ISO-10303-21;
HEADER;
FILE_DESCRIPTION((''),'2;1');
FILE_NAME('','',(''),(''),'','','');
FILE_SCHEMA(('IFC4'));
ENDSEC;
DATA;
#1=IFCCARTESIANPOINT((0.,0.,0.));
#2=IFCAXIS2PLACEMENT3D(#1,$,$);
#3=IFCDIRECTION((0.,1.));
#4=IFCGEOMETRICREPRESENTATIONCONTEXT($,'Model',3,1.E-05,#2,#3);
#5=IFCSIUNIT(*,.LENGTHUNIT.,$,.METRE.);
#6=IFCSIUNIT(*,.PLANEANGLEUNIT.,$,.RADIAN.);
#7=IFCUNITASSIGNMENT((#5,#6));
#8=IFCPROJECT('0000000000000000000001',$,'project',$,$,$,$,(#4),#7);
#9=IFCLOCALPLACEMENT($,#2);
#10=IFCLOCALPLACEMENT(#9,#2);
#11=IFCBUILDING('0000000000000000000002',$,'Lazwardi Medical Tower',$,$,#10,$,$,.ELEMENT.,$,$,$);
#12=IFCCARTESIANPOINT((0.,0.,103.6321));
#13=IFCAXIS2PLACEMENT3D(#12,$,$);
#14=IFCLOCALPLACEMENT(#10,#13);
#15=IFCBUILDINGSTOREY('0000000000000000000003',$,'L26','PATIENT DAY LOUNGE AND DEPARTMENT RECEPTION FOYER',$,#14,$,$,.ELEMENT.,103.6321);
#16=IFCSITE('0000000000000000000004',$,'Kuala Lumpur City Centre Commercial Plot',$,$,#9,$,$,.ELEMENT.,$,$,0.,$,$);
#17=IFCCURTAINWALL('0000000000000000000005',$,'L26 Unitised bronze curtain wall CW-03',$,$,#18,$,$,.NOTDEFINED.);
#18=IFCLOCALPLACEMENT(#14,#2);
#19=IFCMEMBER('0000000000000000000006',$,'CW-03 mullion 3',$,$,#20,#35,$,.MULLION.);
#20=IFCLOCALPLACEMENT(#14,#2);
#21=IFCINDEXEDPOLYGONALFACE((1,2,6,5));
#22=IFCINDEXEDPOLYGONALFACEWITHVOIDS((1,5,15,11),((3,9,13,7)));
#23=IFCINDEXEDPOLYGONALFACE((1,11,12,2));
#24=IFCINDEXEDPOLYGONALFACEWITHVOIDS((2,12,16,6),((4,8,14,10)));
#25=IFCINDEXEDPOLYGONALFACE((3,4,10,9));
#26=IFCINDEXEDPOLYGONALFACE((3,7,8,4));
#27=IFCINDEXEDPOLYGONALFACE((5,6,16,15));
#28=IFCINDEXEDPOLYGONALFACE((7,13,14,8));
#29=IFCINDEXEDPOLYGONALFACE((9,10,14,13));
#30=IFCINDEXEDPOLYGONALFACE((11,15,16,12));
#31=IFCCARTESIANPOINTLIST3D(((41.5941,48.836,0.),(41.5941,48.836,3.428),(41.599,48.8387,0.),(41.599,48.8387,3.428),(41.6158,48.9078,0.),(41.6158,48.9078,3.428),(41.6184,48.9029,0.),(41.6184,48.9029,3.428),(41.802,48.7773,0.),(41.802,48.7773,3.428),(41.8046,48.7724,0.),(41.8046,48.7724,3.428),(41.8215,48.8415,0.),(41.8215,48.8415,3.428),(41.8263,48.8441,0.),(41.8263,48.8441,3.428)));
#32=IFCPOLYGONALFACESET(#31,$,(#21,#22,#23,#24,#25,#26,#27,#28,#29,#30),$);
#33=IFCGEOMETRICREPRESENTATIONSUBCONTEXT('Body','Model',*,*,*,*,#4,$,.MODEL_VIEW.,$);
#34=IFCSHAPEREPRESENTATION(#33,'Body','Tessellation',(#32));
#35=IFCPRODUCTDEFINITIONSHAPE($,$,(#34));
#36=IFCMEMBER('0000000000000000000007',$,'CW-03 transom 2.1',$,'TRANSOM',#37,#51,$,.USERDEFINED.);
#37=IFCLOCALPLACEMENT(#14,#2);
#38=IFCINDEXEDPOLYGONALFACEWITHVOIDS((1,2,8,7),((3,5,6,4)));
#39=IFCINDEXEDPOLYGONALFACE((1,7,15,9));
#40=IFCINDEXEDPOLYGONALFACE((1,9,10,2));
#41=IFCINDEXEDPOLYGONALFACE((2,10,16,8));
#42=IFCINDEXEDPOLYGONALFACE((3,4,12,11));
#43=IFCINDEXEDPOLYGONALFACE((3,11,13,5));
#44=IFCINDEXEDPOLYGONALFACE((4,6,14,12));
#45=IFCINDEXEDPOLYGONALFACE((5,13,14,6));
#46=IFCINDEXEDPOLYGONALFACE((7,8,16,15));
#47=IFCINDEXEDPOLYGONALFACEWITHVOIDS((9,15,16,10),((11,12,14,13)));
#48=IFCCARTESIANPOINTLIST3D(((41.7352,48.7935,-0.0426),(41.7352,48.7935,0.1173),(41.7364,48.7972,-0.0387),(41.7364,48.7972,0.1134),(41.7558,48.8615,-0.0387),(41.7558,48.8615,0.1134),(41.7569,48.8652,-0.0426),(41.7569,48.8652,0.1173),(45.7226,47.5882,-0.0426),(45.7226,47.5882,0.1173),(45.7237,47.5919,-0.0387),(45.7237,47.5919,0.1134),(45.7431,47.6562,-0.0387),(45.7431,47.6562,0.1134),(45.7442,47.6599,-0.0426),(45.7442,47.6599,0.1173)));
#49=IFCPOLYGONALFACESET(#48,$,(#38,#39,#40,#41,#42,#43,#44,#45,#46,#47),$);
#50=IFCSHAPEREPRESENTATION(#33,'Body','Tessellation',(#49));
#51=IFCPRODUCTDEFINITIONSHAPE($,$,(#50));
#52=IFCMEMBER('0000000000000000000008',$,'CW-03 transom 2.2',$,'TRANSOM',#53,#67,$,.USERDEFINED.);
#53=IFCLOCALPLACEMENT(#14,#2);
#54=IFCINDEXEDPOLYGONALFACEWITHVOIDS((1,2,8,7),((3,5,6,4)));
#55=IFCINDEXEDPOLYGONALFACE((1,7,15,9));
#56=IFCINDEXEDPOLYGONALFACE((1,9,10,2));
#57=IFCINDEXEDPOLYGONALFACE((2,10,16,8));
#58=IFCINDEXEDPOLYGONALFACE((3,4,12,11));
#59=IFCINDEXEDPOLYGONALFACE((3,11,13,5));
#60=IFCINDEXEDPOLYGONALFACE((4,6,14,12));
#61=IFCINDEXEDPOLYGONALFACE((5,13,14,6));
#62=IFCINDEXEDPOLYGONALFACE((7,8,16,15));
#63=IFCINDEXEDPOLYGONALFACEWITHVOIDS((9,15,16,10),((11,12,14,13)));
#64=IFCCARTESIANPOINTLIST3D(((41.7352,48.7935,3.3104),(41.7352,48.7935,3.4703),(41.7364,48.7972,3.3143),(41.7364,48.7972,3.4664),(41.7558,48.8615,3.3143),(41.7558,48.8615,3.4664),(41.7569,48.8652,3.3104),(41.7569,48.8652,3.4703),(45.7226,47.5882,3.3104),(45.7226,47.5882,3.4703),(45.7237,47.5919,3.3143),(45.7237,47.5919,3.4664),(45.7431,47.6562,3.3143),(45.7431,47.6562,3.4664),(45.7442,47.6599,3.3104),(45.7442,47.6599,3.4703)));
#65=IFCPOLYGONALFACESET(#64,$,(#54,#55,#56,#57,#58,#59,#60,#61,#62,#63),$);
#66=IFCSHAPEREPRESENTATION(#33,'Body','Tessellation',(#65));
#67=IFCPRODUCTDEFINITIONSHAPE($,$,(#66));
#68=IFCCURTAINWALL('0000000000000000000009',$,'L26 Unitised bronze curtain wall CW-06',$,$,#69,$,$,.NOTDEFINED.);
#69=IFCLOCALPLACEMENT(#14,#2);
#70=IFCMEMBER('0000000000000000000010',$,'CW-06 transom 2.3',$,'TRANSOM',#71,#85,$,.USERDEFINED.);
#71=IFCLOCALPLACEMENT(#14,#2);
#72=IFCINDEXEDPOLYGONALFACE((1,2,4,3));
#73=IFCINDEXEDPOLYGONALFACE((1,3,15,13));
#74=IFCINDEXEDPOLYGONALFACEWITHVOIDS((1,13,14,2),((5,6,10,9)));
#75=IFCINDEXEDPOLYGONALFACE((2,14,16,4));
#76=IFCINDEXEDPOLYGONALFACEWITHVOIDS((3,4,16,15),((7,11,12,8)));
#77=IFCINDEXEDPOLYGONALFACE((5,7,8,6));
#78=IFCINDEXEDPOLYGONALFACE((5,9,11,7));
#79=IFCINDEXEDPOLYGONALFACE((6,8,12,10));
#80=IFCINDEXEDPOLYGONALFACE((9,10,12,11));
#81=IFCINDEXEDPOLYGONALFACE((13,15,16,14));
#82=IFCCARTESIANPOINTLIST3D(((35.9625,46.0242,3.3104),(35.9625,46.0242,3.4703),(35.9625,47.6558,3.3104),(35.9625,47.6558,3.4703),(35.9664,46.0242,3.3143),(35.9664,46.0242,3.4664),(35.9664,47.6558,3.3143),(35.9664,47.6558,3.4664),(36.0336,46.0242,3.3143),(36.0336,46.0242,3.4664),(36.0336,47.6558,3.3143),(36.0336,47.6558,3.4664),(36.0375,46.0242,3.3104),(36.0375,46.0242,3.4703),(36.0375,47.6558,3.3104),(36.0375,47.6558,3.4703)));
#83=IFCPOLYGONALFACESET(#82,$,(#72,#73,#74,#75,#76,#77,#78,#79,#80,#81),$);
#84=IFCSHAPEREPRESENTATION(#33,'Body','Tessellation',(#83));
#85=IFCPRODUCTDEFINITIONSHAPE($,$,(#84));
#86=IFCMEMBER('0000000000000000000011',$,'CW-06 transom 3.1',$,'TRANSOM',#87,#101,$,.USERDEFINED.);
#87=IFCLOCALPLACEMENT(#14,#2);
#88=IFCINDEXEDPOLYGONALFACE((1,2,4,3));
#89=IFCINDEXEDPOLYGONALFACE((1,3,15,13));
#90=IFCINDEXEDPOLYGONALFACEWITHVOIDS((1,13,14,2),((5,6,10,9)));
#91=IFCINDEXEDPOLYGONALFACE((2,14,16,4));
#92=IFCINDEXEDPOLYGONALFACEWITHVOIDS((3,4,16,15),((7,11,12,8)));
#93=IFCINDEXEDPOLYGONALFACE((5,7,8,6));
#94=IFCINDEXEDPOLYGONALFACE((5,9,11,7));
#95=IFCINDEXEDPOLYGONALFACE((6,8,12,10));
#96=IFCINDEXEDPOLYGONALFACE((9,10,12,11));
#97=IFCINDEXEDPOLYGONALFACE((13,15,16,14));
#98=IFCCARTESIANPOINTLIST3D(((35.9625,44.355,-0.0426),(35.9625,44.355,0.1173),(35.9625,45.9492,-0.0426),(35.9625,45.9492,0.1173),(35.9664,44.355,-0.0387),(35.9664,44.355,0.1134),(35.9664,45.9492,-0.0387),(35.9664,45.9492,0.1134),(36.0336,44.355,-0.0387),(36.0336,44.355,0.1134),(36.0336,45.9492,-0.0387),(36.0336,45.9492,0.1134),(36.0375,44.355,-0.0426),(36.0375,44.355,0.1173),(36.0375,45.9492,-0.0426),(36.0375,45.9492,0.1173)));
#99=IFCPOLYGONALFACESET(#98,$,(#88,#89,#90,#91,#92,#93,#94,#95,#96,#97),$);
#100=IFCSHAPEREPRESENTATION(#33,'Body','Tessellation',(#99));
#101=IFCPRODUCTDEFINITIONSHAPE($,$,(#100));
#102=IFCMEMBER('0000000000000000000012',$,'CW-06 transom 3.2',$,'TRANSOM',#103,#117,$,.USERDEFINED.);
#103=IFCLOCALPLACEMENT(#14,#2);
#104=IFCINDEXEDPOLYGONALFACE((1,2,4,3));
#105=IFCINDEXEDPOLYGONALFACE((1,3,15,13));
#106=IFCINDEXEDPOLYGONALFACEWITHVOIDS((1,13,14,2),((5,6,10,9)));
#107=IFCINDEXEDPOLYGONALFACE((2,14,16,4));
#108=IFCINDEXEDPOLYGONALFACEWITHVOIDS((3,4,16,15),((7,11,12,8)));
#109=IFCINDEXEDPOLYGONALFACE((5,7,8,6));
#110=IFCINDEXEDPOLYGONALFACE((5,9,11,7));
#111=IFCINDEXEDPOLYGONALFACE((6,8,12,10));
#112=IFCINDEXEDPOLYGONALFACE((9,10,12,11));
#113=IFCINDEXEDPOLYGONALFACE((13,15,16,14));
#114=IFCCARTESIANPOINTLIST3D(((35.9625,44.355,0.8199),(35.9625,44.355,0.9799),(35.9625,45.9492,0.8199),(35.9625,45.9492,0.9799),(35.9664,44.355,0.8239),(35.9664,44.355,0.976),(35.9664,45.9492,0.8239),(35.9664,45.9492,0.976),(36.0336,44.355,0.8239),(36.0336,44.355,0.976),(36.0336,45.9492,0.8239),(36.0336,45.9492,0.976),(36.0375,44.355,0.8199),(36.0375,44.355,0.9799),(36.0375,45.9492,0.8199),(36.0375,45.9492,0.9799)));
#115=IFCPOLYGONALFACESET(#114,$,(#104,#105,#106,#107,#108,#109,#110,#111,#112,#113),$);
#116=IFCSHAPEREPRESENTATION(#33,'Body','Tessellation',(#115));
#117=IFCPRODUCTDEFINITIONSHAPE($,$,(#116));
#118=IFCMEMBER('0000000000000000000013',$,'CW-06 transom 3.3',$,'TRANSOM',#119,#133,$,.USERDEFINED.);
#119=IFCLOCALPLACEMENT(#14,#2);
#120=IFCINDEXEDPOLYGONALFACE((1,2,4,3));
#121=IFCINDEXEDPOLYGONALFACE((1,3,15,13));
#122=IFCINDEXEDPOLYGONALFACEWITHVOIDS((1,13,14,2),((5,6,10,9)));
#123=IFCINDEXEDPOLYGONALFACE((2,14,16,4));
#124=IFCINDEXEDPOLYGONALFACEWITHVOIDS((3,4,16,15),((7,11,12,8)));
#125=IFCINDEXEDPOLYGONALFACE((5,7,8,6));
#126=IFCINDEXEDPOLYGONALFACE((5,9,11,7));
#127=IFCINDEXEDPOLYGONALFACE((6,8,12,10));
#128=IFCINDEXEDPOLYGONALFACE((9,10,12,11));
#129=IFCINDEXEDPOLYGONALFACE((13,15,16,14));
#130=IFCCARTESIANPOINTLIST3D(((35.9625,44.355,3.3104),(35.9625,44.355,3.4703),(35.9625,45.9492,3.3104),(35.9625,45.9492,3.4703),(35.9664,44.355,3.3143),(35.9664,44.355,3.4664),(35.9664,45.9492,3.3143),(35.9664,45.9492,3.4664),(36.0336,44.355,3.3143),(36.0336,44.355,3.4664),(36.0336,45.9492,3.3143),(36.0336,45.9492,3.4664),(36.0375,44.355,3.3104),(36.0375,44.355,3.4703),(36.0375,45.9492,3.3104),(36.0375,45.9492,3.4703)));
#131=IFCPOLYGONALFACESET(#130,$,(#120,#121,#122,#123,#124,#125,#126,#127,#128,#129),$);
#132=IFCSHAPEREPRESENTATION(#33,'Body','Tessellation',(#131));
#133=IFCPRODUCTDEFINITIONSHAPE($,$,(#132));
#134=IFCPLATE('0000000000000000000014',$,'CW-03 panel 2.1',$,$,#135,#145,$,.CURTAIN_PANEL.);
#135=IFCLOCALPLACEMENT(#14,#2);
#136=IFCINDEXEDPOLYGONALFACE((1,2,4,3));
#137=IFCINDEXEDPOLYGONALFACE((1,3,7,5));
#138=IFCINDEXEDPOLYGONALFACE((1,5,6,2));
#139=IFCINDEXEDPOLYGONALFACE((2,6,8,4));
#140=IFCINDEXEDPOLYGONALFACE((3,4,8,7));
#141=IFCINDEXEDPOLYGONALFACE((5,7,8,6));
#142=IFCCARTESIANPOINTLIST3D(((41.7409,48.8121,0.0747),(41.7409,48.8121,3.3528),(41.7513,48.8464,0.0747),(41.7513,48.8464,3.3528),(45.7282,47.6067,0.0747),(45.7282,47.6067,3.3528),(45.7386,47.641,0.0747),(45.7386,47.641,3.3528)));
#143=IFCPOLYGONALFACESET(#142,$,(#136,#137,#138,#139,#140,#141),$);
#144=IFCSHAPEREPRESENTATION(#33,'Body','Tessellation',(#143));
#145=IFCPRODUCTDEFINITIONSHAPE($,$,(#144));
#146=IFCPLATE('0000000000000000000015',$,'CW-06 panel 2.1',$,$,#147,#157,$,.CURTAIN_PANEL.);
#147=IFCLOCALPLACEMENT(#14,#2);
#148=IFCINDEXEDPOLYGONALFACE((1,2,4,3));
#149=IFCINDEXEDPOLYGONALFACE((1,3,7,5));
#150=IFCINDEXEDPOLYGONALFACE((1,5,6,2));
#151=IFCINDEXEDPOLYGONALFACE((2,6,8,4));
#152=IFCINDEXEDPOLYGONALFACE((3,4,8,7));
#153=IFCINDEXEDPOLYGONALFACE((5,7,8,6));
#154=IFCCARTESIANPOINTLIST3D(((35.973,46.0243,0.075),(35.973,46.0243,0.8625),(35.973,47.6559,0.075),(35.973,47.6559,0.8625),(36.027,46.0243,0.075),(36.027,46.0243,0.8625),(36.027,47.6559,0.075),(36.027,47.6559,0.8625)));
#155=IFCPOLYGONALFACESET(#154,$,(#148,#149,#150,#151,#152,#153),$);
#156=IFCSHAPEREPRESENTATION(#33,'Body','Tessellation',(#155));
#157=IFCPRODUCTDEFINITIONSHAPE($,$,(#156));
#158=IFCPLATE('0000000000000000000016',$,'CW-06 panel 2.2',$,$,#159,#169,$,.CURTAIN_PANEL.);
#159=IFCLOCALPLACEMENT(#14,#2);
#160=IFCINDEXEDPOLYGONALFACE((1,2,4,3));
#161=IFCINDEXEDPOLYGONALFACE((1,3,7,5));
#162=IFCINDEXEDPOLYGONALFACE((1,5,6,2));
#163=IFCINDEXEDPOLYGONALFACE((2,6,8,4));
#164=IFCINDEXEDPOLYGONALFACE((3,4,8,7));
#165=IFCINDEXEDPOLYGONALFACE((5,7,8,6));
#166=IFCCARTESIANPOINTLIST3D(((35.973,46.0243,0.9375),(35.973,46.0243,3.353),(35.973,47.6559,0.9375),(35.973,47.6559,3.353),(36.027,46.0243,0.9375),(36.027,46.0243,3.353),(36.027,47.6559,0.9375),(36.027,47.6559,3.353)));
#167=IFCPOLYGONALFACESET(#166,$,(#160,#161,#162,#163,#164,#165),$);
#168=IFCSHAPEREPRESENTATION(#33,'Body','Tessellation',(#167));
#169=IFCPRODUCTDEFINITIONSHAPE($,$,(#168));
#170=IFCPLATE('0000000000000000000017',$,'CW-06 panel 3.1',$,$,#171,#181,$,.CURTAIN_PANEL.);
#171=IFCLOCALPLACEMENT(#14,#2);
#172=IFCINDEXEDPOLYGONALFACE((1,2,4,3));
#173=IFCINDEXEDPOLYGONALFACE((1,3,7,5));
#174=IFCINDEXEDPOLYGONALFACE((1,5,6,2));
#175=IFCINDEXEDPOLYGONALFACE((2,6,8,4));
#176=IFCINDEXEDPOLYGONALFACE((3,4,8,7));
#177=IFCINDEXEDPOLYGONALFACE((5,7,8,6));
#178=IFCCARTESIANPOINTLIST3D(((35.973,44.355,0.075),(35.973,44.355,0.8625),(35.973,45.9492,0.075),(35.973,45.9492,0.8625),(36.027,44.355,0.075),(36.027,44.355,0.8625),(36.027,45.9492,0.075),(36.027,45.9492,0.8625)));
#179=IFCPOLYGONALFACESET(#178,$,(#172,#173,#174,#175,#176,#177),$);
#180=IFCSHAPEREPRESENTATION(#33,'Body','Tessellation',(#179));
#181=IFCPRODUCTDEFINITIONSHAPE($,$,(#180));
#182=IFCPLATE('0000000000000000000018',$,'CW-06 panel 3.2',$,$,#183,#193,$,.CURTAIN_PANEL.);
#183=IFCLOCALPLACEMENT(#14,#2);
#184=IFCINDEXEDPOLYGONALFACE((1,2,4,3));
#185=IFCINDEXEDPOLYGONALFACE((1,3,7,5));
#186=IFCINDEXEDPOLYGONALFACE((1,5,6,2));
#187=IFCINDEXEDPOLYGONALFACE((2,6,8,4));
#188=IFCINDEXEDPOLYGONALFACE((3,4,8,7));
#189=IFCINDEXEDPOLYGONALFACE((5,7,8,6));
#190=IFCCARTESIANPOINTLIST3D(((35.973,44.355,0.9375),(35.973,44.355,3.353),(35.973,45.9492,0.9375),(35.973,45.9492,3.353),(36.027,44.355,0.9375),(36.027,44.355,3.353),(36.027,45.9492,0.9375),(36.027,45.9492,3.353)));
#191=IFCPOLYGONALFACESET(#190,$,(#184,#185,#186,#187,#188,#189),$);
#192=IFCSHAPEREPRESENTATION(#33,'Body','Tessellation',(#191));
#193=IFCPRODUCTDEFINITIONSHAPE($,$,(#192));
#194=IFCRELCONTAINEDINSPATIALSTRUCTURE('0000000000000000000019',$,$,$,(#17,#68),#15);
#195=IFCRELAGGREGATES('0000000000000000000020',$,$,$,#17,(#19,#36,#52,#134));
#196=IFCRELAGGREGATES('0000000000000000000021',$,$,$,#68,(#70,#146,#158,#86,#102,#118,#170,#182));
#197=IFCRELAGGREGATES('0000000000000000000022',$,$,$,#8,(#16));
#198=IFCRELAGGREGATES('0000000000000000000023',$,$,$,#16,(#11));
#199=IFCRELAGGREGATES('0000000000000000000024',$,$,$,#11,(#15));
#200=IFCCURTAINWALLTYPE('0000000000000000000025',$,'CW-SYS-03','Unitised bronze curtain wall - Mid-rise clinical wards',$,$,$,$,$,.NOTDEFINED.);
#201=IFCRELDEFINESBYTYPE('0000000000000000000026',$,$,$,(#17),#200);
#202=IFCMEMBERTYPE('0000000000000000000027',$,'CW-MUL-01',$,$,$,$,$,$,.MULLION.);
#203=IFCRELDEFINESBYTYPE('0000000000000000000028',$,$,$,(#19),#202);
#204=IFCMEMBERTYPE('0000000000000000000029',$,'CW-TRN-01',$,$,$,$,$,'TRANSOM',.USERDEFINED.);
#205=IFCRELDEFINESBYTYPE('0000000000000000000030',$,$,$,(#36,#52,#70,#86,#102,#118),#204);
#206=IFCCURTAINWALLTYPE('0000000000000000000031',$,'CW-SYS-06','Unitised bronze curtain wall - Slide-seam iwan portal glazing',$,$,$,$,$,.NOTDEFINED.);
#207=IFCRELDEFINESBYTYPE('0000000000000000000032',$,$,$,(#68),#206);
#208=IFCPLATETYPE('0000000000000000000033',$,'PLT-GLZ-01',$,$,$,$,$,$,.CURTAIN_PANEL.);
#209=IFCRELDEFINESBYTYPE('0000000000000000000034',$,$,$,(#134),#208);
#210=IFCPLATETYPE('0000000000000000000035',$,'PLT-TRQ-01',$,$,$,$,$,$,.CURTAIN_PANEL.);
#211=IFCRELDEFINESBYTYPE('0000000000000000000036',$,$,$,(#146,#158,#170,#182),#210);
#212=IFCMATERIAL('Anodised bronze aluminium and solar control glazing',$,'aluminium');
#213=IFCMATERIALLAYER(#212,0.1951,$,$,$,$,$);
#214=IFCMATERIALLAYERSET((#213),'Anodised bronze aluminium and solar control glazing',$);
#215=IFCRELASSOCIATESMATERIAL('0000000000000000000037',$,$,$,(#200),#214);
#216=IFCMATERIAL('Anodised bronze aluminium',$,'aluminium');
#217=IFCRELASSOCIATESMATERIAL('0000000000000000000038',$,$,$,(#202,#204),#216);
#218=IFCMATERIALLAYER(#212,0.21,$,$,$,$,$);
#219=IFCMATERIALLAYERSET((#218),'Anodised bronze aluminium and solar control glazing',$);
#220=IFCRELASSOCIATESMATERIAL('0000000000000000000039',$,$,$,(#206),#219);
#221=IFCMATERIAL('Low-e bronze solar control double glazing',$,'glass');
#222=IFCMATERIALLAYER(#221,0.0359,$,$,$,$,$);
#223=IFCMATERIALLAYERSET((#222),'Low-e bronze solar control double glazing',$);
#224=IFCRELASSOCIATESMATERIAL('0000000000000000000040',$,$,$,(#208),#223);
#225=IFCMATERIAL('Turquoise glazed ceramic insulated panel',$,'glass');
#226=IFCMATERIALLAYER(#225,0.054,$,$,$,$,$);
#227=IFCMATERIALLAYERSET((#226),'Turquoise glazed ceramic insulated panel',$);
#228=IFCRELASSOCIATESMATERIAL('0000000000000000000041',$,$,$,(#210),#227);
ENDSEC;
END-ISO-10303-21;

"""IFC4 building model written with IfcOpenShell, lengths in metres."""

from ifc_helpers import new_model, si_unit, direction, frame, origin, origin_2d, place, context, subcontext, project, spatial, rectangle, hollow_rectangle, extrude, material, layer, layer_set, material_profile, profile_set, type_object, element, aggregate, save


model = new_model("IFC4")

# Units and contexts
model_context = context("Model", 3, precision=1e-05, world=origin(), true_north=direction((0.0, 1.0)))
body_context = subcontext(model_context, "Body", "Model", "MODEL_VIEW")
ifc_project = project(units=[si_unit("LENGTHUNIT", "METRE"), si_unit("PLANEANGLEUNIT", "RADIAN")], contexts=[model_context])

# Site, building, storey
site_placement = place(None, origin())
site = spatial("IfcSite", under=ifc_project, at=site_placement, Name="Kuala Lumpur City Centre Commercial Plot", CompositionType="ELEMENT", RefElevation=0.0)
building_placement = place(site_placement, origin())
building = spatial("IfcBuilding", under=site, at=building_placement, Name="Lazwardi Medical Tower", CompositionType="ELEMENT")
storey_placement = place(building_placement, frame((0.0, 0.0, 103.6321)))
storey = spatial("IfcBuildingStorey", under=building, at=storey_placement, Name="L26", Description="PATIENT DAY LOUNGE AND DEPARTMENT RECEPTION FOYER", CompositionType="ELEMENT", Elevation=103.6321)

# Curtain walls, members
ifc_material_1 = material(Name="Anodised bronze aluminium and solar control glazing", Category="aluminium")
ifc_layer_1 = layer(ifc_material_1, 0.1951)
ifc_layer_set_1 = layer_set([ifc_layer_1], Name="Anodised bronze aluminium and solar control glazing")
curtain_wall_type_1 = type_object("IfcCurtainWallType", Name="CW-SYS-03", Description="Unitised bronze curtain wall - Mid-rise clinical wards", PredefinedType="NOTDEFINED", material=ifc_layer_set_1)
curtain_wall_1_placement = place(storey_placement, origin())
curtain_wall_1 = element("IfcCurtainWall", 1, at=curtain_wall_1_placement, inside=storey, type_object=curtain_wall_type_1, Name="L26 Unitised bronze curtain wall CW-03", PredefinedType="NOTDEFINED")
ifc_material_2 = material(Name="Anodised bronze aluminium", Category="aluminium")
ifc_material_profile_1 = material_profile(ifc_material_2, hollow_rectangle(XDim=0.075, YDim=0.22, WallThickness=0.0039, at=origin_2d()), Name="ALU-MULLION 220x75x4")
ifc_profile_set_1 = profile_set([ifc_material_profile_1], Name="Anodised bronze aluminium")
member_type_1 = type_object("IfcMemberType", Name="CW-MUL-01", PredefinedType="MULLION", material=ifc_profile_set_1)
member_1_placement = place(storey_placement, frame((41.7102, 48.8401, 0.0), z_axis=(0.0, 0.0, 1.0), x_axis=(-0.289374, -0.957216, 0.0)))
member_1 = element("IfcMember", 2, at=member_1_placement, type_object=member_type_1, Name="CW-03 mullion 3", PredefinedType="MULLION", context=body_context, shape_type="SweptSolid", body=[
    extrude(hollow_rectangle(XDim=0.075, YDim=0.22, WallThickness=0.0039, at=origin_2d()), origin(), (0.0, 0.0, 1.0), 3.428),
])
ifc_material_profile_2 = material_profile(ifc_material_2, hollow_rectangle(XDim=0.075, YDim=0.1599, WallThickness=0.0039, at=origin_2d()), Name="ALU-TRANSOM 160x75x4")
ifc_profile_set_2 = profile_set([ifc_material_profile_2], Name="Anodised bronze aluminium")
member_type_2 = type_object("IfcMemberType", Name="CW-TRN-01", ElementType="TRANSOM", PredefinedType="USERDEFINED", material=ifc_profile_set_2)
member_2_placement = place(storey_placement, frame((45.7334, 47.624, 0.0374), z_axis=(-0.957221, 0.289358, 0.0), x_axis=(-0.289358, -0.957221, 0.0)))
member_2 = element("IfcMember", 3, at=member_2_placement, type_object=member_type_2, Name="CW-03 transom 2.1", ObjectType="TRANSOM", PredefinedType="USERDEFINED", context=body_context, shape_type="SweptSolid", body=[
    extrude(hollow_rectangle(XDim=0.075, YDim=0.1599, WallThickness=0.0039, at=origin_2d()), origin(), (0.0, 0.0, 1.0), 4.1655),
])
member_3_placement = place(storey_placement, frame((45.7334, 47.624, 3.3904), z_axis=(-0.957221, 0.289358, 0.0), x_axis=(-0.289358, -0.957221, 0.0)))
member_3 = element("IfcMember", 4, at=member_3_placement, type_object=member_type_2, Name="CW-03 transom 2.2", ObjectType="TRANSOM", PredefinedType="USERDEFINED", context=body_context, shape_type="SweptSolid", body=[
    extrude(hollow_rectangle(XDim=0.075, YDim=0.1599, WallThickness=0.0039, at=origin_2d()), origin(), (0.0, 0.0, 1.0), 4.1655),
])
ifc_layer_2 = layer(ifc_material_1, 0.21)
ifc_layer_set_2 = layer_set([ifc_layer_2], Name="Anodised bronze aluminium and solar control glazing")
curtain_wall_type_2 = type_object("IfcCurtainWallType", Name="CW-SYS-06", Description="Unitised bronze curtain wall - Slide-seam iwan portal glazing", PredefinedType="NOTDEFINED", material=ifc_layer_set_2)
curtain_wall_2_placement = place(storey_placement, origin())
curtain_wall_2 = element("IfcCurtainWall", 5, at=curtain_wall_2_placement, inside=storey, type_object=curtain_wall_type_2, Name="L26 Unitised bronze curtain wall CW-06", PredefinedType="NOTDEFINED")
member_4_placement = place(storey_placement, frame((36.0, 47.6558, 3.3904), z_axis=(0.0, -1.0, 0.0), x_axis=(1.0, 0.0, 0.0)))
member_4 = element("IfcMember", 6, at=member_4_placement, type_object=member_type_2, Name="CW-06 transom 2.3", ObjectType="TRANSOM", PredefinedType="USERDEFINED", context=body_context, shape_type="SweptSolid", body=[
    extrude(hollow_rectangle(XDim=0.075, YDim=0.1599, WallThickness=0.0039, at=origin_2d()), origin(), (0.0, 0.0, 1.0), 1.6316),
])
member_5_placement = place(storey_placement, frame((36.0, 45.9492, 0.0374), z_axis=(0.0, -1.0, 0.0), x_axis=(1.0, 0.0, 0.0)))
member_5 = element("IfcMember", 7, at=member_5_placement, type_object=member_type_2, Name="CW-06 transom 3.1", ObjectType="TRANSOM", PredefinedType="USERDEFINED", context=body_context, shape_type="SweptSolid", body=[
    extrude(hollow_rectangle(XDim=0.075, YDim=0.1599, WallThickness=0.0039, at=origin_2d()), origin(), (0.0, 0.0, 1.0), 1.5942),
])
member_6_placement = place(storey_placement, frame((36.0, 45.9492, 0.8999), z_axis=(0.0, -1.0, 0.0), x_axis=(1.0, 0.0, 0.0)))
member_6 = element("IfcMember", 8, at=member_6_placement, type_object=member_type_2, Name="CW-06 transom 3.2", ObjectType="TRANSOM", PredefinedType="USERDEFINED", context=body_context, shape_type="SweptSolid", body=[
    extrude(hollow_rectangle(XDim=0.075, YDim=0.1599, WallThickness=0.0039, at=origin_2d()), origin(), (0.0, 0.0, 1.0), 1.5942),
])
member_7_placement = place(storey_placement, frame((36.0, 45.9492, 3.3904), z_axis=(0.0, -1.0, 0.0), x_axis=(1.0, 0.0, 0.0)))
member_7 = element("IfcMember", 9, at=member_7_placement, type_object=member_type_2, Name="CW-06 transom 3.3", ObjectType="TRANSOM", PredefinedType="USERDEFINED", context=body_context, shape_type="SweptSolid", body=[
    extrude(hollow_rectangle(XDim=0.075, YDim=0.1599, WallThickness=0.0039, at=origin_2d()), origin(), (0.0, 0.0, 1.0), 1.5942),
])

# Plates
ifc_material_3 = material(Name="Low-e bronze solar control double glazing", Category="glass")
ifc_layer_3 = layer(ifc_material_3, 0.0359)
ifc_layer_set_3 = layer_set([ifc_layer_3], Name="Low-e bronze solar control double glazing")
plate_type_1 = type_object("IfcPlateType", Name="PLT-GLZ-01", PredefinedType="CURTAIN_PANEL", material=ifc_layer_set_3)
plate_1_placement = place(storey_placement, frame((43.7397, 48.2266, 0.0747), z_axis=(0.0, 0.0, 1.0), x_axis=(-0.957216, 0.289374, 0.0)))
plate_1 = element("IfcPlate", 10, at=plate_1_placement, type_object=plate_type_1, Name="CW-03 panel 2.1", PredefinedType="CURTAIN_PANEL", context=body_context, shape_type="SweptSolid", body=[
    extrude(rectangle(XDim=4.1655, YDim=0.0359, at=origin_2d()), origin(), (0.0, 0.0, 1.0), 3.2781),
])
aggregate(curtain_wall_1, [member_1, member_2, member_3, plate_1])
ifc_material_4 = material(Name="Turquoise glazed ceramic insulated panel", Category="glass")
ifc_layer_4 = layer(ifc_material_4, 0.054)
ifc_layer_set_4 = layer_set([ifc_layer_4], Name="Turquoise glazed ceramic insulated panel")
plate_type_2 = type_object("IfcPlateType", Name="PLT-TRQ-01", PredefinedType="CURTAIN_PANEL", material=ifc_layer_set_4)
plate_2_placement = place(storey_placement, frame((36.0, 46.8401, 0.075), z_axis=(0.0, 0.0, 1.0), x_axis=(0.0, -1.0, 0.0)))
plate_2 = element("IfcPlate", 11, at=plate_2_placement, type_object=plate_type_2, Name="CW-06 panel 2.1", PredefinedType="CURTAIN_PANEL", context=body_context, shape_type="SweptSolid", body=[
    extrude(rectangle(XDim=1.6316, YDim=0.054, at=origin_2d()), origin(), (0.0, 0.0, 1.0), 0.7876),
])
plate_3_placement = place(storey_placement, frame((36.0, 46.8401, 0.9375), z_axis=(0.0, 0.0, 1.0), x_axis=(0.0, -1.0, 0.0)))
plate_3 = element("IfcPlate", 12, at=plate_3_placement, type_object=plate_type_2, Name="CW-06 panel 2.2", PredefinedType="CURTAIN_PANEL", context=body_context, shape_type="SweptSolid", body=[
    extrude(rectangle(XDim=1.6316, YDim=0.054, at=origin_2d()), origin(), (0.0, 0.0, 1.0), 2.4155),
])
plate_4_placement = place(storey_placement, frame((36.0, 45.1521, 0.075), z_axis=(0.0, 0.0, 1.0), x_axis=(0.0, -1.0, 0.0)))
plate_4 = element("IfcPlate", 13, at=plate_4_placement, type_object=plate_type_2, Name="CW-06 panel 3.1", PredefinedType="CURTAIN_PANEL", context=body_context, shape_type="SweptSolid", body=[
    extrude(rectangle(XDim=1.5942, YDim=0.054, at=origin_2d()), origin(), (0.0, 0.0, 1.0), 0.7876),
])
plate_5_placement = place(storey_placement, frame((36.0, 45.1521, 0.9375), z_axis=(0.0, 0.0, 1.0), x_axis=(0.0, -1.0, 0.0)))
plate_5 = element("IfcPlate", 14, at=plate_5_placement, type_object=plate_type_2, Name="CW-06 panel 3.2", PredefinedType="CURTAIN_PANEL", context=body_context, shape_type="SweptSolid", body=[
    extrude(rectangle(XDim=1.5942, YDim=0.054, at=origin_2d()), origin(), (0.0, 0.0, 1.0), 2.4155),
])
aggregate(curtain_wall_2, [member_4, plate_2, plate_3, member_5, member_6, member_7, plate_4, plate_5])

save(model, "model.ifc")
